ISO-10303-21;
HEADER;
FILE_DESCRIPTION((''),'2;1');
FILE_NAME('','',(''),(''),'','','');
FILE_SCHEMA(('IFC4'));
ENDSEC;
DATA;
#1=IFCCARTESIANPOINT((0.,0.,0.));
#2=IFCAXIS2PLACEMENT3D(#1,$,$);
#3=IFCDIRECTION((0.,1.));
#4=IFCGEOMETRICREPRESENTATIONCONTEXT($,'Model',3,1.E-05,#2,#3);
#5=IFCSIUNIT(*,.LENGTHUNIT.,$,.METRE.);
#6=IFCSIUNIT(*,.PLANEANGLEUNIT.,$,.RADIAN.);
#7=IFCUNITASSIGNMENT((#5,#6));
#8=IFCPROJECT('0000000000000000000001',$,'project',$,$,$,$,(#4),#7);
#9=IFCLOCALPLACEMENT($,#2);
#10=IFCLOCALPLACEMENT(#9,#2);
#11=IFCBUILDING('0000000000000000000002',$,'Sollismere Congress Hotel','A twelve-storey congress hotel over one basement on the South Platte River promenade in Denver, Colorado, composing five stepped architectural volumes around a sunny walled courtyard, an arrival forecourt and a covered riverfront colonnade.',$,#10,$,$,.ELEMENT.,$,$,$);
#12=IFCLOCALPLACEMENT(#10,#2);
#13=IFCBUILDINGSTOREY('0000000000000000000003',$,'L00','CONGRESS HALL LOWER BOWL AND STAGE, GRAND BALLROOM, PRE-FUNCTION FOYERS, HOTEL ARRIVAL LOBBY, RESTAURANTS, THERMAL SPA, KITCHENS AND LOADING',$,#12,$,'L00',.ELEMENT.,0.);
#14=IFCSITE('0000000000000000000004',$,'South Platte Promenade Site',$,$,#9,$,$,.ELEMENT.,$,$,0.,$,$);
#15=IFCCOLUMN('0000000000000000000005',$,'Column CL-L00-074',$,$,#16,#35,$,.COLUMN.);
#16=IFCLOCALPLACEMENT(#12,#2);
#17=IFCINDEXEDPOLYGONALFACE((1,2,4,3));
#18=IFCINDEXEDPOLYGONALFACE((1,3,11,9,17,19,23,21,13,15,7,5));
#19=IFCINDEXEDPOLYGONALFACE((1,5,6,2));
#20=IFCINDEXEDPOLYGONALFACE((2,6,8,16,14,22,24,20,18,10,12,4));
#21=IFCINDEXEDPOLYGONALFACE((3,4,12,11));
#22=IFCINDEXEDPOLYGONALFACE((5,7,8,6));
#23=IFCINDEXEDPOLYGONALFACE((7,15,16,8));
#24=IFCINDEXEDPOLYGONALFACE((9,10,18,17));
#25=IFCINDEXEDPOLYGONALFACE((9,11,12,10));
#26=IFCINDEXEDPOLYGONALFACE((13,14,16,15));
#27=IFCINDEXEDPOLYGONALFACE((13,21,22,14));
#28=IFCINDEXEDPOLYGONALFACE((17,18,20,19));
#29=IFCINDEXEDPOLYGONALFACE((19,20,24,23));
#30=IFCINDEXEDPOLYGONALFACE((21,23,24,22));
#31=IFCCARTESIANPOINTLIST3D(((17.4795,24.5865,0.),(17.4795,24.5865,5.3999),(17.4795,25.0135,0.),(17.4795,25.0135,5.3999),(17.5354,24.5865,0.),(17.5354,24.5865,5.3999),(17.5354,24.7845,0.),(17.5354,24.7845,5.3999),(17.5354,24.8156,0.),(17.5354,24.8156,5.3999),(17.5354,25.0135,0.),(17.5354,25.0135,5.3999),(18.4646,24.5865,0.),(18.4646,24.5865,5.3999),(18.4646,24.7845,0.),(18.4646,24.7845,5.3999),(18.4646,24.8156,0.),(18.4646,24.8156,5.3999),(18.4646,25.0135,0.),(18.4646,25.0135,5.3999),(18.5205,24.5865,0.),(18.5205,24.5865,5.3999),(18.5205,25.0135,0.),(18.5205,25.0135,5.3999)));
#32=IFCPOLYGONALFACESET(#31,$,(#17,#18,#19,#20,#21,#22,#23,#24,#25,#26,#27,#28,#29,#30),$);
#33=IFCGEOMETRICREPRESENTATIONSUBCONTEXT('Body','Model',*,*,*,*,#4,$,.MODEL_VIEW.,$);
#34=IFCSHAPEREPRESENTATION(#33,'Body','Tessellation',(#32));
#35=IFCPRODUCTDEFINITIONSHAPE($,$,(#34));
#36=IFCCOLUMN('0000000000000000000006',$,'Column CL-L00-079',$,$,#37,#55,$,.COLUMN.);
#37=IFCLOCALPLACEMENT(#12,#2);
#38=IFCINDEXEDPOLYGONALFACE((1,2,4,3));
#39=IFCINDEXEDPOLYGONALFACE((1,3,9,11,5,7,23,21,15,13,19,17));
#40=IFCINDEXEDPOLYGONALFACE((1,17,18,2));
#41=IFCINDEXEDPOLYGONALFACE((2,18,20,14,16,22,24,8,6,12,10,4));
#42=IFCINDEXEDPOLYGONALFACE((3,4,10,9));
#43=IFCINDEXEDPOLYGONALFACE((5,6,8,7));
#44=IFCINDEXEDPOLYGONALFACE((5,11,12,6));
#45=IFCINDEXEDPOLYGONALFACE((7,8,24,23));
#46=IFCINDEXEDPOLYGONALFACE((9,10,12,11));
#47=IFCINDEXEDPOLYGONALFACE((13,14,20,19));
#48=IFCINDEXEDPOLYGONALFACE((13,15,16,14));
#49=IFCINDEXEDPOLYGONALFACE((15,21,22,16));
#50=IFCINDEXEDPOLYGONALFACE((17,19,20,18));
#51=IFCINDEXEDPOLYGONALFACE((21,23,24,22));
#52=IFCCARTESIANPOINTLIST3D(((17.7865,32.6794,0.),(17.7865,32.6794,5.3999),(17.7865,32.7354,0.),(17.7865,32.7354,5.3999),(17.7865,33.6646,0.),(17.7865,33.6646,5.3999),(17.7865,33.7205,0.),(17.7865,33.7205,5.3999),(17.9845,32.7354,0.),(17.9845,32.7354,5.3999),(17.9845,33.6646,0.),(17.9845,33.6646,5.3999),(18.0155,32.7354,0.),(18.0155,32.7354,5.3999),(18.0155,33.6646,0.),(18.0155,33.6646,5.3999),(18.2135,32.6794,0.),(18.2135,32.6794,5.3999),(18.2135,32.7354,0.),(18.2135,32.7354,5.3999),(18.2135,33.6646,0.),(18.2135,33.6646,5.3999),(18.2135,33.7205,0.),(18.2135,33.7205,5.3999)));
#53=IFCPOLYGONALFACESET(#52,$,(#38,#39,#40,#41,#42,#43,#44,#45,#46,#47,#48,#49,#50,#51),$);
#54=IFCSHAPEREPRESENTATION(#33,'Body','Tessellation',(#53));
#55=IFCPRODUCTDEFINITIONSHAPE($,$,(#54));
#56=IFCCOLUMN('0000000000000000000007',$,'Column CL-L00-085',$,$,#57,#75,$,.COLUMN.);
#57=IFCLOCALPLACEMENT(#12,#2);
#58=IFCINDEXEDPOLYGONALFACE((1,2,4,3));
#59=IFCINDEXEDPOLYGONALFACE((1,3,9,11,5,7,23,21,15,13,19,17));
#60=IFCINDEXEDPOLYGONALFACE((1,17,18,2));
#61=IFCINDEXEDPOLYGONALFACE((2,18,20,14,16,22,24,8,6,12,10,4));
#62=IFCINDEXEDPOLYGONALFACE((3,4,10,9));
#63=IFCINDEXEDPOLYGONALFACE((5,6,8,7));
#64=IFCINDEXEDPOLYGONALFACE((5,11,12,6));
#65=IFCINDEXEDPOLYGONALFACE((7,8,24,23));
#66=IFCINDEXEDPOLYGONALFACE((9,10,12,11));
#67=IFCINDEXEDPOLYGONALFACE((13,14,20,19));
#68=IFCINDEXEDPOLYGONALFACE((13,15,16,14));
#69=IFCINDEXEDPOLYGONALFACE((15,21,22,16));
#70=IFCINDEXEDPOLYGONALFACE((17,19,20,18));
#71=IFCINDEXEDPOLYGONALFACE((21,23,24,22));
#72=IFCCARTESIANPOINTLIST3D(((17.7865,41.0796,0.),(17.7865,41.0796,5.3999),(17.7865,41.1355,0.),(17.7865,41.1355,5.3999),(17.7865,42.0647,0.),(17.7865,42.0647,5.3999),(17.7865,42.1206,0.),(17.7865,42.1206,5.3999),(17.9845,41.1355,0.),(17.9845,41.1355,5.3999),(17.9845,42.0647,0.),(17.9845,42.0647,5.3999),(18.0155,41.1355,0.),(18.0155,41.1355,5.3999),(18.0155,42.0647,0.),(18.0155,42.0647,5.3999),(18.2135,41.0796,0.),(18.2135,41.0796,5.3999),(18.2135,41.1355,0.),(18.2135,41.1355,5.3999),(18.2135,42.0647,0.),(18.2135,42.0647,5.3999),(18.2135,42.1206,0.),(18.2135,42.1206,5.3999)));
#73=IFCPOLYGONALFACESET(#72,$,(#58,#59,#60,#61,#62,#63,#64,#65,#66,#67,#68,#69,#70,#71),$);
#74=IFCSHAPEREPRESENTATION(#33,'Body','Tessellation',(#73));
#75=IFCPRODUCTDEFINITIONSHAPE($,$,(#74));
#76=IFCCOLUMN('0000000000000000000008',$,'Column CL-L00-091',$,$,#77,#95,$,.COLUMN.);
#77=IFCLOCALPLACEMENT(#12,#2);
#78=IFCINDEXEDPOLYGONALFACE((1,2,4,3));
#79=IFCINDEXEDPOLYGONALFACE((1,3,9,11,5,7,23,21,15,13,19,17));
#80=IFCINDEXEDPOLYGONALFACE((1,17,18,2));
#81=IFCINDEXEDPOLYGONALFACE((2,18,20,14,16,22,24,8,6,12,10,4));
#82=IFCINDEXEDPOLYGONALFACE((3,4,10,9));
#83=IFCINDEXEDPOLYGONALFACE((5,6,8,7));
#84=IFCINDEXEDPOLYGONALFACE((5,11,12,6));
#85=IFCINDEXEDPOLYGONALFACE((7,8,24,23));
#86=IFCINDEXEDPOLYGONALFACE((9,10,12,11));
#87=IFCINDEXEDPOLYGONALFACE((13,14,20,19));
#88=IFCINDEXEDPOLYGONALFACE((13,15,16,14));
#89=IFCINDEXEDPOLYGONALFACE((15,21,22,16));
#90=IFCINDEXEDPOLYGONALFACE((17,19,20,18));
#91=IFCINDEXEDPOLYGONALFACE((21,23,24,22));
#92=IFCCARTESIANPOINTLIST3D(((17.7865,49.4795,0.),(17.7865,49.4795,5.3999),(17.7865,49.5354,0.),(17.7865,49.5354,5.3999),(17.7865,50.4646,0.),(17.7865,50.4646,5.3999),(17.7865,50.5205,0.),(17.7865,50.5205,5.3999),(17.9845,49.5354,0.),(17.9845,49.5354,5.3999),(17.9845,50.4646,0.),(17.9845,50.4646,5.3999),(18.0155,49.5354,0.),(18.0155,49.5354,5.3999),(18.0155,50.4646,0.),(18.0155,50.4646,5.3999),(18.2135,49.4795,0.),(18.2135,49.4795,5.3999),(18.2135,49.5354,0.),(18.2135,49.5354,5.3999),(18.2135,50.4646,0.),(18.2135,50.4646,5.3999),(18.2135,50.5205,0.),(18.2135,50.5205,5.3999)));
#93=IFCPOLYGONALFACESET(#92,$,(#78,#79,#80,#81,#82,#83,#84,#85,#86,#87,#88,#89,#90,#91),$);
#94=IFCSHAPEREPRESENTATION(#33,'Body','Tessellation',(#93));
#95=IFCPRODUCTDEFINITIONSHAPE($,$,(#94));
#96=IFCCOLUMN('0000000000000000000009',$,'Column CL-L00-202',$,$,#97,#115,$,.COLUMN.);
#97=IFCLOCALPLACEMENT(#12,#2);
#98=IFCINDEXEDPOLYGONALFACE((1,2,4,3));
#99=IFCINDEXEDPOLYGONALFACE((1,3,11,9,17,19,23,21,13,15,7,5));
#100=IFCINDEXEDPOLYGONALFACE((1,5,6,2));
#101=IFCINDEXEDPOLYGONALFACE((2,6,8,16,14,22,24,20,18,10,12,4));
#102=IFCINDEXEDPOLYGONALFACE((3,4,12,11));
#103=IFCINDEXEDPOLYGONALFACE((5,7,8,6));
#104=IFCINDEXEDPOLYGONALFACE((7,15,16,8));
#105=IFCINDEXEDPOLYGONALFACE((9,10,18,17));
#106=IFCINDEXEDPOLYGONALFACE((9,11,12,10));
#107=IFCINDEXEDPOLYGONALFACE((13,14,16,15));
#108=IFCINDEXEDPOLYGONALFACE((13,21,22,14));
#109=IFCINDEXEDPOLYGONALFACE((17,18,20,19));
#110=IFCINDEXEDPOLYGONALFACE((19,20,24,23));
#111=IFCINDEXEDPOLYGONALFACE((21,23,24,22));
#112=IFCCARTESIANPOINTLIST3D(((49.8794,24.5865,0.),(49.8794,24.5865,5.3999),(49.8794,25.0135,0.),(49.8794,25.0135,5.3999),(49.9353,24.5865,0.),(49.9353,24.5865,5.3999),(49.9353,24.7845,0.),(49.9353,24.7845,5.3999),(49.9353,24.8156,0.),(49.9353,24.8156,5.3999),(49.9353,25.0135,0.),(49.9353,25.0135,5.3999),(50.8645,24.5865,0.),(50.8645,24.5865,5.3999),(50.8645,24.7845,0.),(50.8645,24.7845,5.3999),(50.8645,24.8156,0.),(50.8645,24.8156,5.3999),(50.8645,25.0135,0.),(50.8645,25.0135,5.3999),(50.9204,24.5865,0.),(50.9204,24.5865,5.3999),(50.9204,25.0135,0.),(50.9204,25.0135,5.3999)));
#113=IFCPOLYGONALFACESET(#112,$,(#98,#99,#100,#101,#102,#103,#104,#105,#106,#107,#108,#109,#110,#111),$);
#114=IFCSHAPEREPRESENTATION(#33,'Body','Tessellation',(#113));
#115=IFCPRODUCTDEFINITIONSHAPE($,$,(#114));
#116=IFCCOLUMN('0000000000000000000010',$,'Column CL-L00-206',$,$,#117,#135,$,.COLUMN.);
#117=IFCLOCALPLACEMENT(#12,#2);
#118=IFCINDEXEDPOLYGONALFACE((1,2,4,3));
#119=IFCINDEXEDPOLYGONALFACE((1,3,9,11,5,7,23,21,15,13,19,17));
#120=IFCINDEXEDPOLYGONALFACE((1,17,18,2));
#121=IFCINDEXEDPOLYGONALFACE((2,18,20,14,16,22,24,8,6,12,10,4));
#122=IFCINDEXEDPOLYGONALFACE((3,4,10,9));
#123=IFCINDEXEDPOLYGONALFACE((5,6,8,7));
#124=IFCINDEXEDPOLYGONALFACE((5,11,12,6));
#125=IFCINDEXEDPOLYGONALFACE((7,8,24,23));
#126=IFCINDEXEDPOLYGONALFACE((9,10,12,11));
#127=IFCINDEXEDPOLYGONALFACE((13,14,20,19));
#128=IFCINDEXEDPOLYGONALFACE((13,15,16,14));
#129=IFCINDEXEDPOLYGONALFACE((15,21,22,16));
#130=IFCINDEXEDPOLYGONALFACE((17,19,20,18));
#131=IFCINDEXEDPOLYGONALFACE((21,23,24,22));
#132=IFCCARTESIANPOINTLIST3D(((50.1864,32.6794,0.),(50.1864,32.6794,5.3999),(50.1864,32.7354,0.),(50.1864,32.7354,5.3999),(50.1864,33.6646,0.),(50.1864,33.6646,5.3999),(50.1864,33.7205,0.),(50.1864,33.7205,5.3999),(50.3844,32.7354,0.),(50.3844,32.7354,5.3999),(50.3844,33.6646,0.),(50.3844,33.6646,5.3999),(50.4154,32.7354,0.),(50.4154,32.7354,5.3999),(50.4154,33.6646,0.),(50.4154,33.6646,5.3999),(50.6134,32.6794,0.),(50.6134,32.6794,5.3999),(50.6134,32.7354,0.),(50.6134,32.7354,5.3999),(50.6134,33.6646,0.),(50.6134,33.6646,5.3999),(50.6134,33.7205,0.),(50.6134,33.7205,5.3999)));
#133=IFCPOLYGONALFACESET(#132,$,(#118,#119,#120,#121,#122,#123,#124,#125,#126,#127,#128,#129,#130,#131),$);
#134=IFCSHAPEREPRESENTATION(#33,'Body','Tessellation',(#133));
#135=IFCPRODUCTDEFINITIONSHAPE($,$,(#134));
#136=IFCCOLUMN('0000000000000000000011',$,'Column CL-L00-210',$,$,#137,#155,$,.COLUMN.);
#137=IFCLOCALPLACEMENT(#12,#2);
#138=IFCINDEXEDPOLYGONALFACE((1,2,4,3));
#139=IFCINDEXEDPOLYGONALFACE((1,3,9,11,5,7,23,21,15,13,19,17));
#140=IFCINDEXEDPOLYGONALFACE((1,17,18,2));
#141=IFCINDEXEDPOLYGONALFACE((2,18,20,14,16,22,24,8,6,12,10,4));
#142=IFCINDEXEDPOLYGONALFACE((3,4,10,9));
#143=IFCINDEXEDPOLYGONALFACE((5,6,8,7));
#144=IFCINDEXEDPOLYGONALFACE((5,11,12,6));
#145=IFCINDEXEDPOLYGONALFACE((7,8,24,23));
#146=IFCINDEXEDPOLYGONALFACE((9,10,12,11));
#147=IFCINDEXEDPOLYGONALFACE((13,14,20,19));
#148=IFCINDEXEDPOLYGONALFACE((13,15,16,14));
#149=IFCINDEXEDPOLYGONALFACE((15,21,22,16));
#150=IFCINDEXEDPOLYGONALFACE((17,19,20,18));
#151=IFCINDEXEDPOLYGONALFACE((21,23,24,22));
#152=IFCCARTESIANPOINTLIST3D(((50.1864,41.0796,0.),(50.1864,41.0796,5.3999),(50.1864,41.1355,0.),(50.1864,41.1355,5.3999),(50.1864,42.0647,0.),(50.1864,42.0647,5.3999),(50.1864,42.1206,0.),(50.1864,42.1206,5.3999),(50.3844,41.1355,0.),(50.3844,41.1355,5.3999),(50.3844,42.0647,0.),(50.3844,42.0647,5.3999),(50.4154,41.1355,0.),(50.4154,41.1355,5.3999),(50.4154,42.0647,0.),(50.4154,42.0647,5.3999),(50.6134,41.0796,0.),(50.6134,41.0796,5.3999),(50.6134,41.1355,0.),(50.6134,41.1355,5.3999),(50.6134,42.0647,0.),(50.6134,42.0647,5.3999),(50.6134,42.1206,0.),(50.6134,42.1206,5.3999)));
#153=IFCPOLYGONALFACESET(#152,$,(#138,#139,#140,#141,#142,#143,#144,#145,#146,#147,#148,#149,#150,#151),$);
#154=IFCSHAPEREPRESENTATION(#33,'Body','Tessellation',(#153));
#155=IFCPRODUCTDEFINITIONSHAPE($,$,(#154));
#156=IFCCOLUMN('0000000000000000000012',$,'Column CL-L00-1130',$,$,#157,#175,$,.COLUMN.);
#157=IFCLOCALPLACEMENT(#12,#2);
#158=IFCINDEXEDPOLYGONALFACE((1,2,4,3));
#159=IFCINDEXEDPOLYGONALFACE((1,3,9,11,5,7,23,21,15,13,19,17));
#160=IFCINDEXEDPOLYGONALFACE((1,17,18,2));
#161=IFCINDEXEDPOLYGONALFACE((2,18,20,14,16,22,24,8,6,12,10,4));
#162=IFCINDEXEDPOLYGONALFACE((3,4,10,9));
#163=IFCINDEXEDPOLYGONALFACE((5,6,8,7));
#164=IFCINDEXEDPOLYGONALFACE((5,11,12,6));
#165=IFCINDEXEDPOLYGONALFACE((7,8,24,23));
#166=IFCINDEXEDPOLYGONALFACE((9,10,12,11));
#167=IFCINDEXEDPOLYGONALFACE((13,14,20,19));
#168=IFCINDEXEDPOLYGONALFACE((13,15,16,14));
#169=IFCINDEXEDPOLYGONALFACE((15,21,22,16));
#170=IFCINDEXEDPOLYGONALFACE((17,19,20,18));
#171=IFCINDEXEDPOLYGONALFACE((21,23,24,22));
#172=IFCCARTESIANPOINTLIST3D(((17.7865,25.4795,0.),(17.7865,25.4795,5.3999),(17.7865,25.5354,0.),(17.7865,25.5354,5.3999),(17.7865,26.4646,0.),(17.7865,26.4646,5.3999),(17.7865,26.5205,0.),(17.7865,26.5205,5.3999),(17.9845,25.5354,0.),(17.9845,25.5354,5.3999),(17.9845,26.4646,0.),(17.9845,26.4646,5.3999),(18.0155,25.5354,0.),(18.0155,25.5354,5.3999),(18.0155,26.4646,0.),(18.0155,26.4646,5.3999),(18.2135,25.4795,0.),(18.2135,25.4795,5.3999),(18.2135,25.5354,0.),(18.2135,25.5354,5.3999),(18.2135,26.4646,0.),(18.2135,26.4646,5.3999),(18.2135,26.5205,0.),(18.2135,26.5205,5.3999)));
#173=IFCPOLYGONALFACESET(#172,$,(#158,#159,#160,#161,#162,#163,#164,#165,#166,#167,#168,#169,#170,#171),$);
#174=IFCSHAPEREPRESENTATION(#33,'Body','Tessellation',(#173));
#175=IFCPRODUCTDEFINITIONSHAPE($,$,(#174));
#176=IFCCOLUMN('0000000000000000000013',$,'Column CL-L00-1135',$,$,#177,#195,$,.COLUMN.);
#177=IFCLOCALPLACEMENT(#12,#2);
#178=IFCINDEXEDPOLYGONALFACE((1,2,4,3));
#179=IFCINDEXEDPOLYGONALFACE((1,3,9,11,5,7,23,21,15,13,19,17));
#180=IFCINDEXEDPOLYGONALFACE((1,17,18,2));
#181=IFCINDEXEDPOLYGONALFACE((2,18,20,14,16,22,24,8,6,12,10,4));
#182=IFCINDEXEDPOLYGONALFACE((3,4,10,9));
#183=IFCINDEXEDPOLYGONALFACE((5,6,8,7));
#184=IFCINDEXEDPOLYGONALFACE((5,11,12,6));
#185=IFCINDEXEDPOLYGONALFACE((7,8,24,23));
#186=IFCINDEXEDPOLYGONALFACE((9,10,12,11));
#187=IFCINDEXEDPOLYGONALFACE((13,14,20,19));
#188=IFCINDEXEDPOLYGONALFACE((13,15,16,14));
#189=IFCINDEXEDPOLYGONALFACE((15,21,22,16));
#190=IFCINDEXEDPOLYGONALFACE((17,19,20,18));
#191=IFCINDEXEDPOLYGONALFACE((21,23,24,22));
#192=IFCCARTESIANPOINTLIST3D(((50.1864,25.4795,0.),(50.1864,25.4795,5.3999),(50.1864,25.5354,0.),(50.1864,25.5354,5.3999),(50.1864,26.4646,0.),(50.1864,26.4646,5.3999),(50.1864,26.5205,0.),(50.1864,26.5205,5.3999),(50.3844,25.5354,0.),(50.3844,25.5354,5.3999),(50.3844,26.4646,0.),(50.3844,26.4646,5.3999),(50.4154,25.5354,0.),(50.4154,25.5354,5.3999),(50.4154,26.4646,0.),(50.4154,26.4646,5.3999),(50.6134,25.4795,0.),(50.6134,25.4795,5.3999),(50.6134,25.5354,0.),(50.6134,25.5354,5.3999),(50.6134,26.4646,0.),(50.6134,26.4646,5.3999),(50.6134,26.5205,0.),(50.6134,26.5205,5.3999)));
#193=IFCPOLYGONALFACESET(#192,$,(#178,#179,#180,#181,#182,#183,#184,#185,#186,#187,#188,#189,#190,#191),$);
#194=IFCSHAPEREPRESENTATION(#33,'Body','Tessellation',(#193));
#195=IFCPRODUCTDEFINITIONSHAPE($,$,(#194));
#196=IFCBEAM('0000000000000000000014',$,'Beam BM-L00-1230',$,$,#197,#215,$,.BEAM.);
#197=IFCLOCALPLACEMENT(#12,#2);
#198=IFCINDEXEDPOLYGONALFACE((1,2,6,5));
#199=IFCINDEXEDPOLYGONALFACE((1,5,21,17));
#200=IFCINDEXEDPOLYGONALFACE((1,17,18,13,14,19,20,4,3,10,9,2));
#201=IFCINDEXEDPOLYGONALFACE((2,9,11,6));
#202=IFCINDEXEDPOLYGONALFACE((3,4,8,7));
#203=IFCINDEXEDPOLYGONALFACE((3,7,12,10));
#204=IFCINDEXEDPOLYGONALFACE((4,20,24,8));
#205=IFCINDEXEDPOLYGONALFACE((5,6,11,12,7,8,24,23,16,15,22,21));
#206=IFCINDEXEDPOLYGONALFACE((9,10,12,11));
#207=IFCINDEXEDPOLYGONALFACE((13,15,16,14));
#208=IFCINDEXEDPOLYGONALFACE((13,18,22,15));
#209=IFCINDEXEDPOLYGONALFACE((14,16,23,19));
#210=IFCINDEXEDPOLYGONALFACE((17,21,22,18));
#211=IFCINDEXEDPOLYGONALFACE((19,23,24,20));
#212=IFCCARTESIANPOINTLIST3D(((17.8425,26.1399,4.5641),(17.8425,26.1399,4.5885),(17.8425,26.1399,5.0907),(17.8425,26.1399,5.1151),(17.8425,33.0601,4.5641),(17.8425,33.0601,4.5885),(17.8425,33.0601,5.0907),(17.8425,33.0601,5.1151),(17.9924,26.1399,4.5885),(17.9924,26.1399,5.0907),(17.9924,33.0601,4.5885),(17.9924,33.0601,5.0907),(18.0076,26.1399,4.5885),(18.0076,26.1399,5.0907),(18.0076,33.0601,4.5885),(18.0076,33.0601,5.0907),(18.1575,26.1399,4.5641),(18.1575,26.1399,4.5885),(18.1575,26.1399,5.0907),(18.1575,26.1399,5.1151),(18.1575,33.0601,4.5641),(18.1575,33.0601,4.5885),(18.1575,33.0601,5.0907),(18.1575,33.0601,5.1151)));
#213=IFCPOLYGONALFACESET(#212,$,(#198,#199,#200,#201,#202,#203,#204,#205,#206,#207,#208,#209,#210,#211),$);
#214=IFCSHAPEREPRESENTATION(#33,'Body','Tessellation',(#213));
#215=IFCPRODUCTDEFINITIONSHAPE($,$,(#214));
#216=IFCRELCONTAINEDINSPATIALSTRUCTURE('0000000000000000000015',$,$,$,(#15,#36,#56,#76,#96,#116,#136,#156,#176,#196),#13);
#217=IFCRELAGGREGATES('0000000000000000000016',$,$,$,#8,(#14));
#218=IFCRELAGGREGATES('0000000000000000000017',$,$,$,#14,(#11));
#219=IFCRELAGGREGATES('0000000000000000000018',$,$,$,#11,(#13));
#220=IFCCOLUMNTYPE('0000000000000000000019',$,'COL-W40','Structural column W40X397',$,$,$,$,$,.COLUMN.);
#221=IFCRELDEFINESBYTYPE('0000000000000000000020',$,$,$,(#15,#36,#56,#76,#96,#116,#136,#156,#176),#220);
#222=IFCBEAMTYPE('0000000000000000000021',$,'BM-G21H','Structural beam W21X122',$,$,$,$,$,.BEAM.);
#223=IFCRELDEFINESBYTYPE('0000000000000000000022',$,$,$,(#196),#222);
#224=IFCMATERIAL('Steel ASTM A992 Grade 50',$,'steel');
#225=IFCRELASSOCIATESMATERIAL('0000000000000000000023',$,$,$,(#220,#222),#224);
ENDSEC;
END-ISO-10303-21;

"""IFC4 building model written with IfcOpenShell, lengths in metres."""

from ifc_helpers import new_model, si_unit, direction, frame, origin, origin_2d, place, context, subcontext, project, spatial, i_section, extrude, material, material_profile, profile_set, type_object, element, save


model = new_model("IFC4")

# Units and contexts
model_context = context("Model", 3, precision=1e-05, world=origin(), true_north=direction((0.0, 1.0)))
body_context = subcontext(model_context, "Body", "Model", "MODEL_VIEW")
ifc_project = project(units=[si_unit("LENGTHUNIT", "METRE"), si_unit("PLANEANGLEUNIT", "RADIAN")], contexts=[model_context])

# Site, building, storey
site_placement = place(None, origin())
site = spatial("IfcSite", under=ifc_project, at=site_placement, Name="South Platte Promenade Site", CompositionType="ELEMENT", RefElevation=0.0)
building_placement = place(site_placement, origin())
building = spatial("IfcBuilding", under=site, at=building_placement, Name="Sollismere Congress Hotel", Description="A twelve-storey congress hotel over one basement on the South Platte River promenade in Denver, Colorado, composing five stepped architectural volumes around a sunny walled courtyard, an arrival forecourt and a covered riverfront colonnade.", CompositionType="ELEMENT")
storey_placement = place(building_placement, origin())
storey = spatial("IfcBuildingStorey", under=building, at=storey_placement, Name="L00", Description="CONGRESS HALL LOWER BOWL AND STAGE, GRAND BALLROOM, PRE-FUNCTION FOYERS, HOTEL ARRIVAL LOBBY, RESTAURANTS, THERMAL SPA, KITCHENS AND LOADING", LongName="L00", CompositionType="ELEMENT", Elevation=0.0)

# Columns
ifc_material_1 = material(Name="Steel ASTM A992 Grade 50", Category="steel")
ifc_material_profile_1 = material_profile(ifc_material_1, i_section(OverallWidth=0.427, OverallDepth=1.041, WebThickness=0.031, FlangeThickness=0.0559, at=origin_2d()), Name="W40X397")
ifc_profile_set_1 = profile_set([ifc_material_profile_1], Name="Steel ASTM A992 Grade 50")
column_type = type_object("IfcColumnType", Name="COL-W40", Description="Structural column W40X397", PredefinedType="COLUMN", material=ifc_profile_set_1)
for number, where, z_axis, x_axis, name in (
    (1, (18.0, 24.8, 0.0), (0.0, 0.0, 1.0), (0.0, 1.0, 0.0), "Column CL-L00-074"),
    (2, (18.0, 33.2, 0.0), (0.0, 0.0, 1.0), (1.0, 0.0, 0.0), "Column CL-L00-079"),
    (3, (18.0, 41.6001, 0.0), (0.0, 0.0, 1.0), (1.0, 0.0, 0.0), "Column CL-L00-085"),
    (4, (18.0, 50.0, 0.0), (0.0, 0.0, 1.0), (1.0, 0.0, 0.0), "Column CL-L00-091"),
    (5, (50.3999, 24.8, 0.0), (0.0, 0.0, 1.0), (0.0, 1.0, 0.0), "Column CL-L00-202"),
    (6, (50.3999, 33.2, 0.0), (0.0, 0.0, 1.0), (1.0, 0.0, 0.0), "Column CL-L00-206"),
    (7, (50.3999, 41.6001, 0.0), (0.0, 0.0, 1.0), (1.0, 0.0, 0.0), "Column CL-L00-210"),
    (8, (18.0, 26.0, 0.0), (0.0, 0.0, 1.0), (1.0, 0.0, 0.0), "Column CL-L00-1130"),
    (9, (50.3999, 26.0, 0.0), (0.0, 0.0, 1.0), (1.0, 0.0, 0.0), "Column CL-L00-1135"),
):
    element("IfcColumn", number, at=place(storey_placement, frame(where, z_axis=z_axis, x_axis=x_axis)), inside=storey, type_object=column_type, Name=name, PredefinedType="COLUMN", context=body_context, shape_type="SweptSolid", body=[
        extrude(i_section(OverallWidth=0.427, OverallDepth=1.041, WebThickness=0.031, FlangeThickness=0.0559, at=origin_2d()), origin(), (0.0, 0.0, 1.0), 5.3999),
    ])

# Beam
ifc_material_profile_2 = material_profile(ifc_material_1, i_section(OverallWidth=0.3149, OverallDepth=0.551, WebThickness=0.0151, FlangeThickness=0.0244, at=origin_2d()), Name="W21X122")
ifc_profile_set_2 = profile_set([ifc_material_profile_2], Name="Steel ASTM A992 Grade 50")
beam_type_1 = type_object("IfcBeamType", Name="BM-G21H", Description="Structural beam W21X122", PredefinedType="BEAM", material=ifc_profile_set_2)
beam_1_placement = place(storey_placement, frame((18.0, 26.1399, 4.8396), z_axis=(0.0, 1.0, 0.0), x_axis=(-1.0, 0.0, 0.0)))
element("IfcBeam", 10, at=beam_1_placement, inside=storey, type_object=beam_type_1, Name="Beam BM-L00-1230", PredefinedType="BEAM", context=body_context, shape_type="SweptSolid", body=[
    extrude(i_section(OverallWidth=0.3149, OverallDepth=0.551, WebThickness=0.0151, FlangeThickness=0.0244, at=origin_2d()), origin(), (0.0, 0.0, 1.0), 6.9202),
])

save(model, "model.ifc")
